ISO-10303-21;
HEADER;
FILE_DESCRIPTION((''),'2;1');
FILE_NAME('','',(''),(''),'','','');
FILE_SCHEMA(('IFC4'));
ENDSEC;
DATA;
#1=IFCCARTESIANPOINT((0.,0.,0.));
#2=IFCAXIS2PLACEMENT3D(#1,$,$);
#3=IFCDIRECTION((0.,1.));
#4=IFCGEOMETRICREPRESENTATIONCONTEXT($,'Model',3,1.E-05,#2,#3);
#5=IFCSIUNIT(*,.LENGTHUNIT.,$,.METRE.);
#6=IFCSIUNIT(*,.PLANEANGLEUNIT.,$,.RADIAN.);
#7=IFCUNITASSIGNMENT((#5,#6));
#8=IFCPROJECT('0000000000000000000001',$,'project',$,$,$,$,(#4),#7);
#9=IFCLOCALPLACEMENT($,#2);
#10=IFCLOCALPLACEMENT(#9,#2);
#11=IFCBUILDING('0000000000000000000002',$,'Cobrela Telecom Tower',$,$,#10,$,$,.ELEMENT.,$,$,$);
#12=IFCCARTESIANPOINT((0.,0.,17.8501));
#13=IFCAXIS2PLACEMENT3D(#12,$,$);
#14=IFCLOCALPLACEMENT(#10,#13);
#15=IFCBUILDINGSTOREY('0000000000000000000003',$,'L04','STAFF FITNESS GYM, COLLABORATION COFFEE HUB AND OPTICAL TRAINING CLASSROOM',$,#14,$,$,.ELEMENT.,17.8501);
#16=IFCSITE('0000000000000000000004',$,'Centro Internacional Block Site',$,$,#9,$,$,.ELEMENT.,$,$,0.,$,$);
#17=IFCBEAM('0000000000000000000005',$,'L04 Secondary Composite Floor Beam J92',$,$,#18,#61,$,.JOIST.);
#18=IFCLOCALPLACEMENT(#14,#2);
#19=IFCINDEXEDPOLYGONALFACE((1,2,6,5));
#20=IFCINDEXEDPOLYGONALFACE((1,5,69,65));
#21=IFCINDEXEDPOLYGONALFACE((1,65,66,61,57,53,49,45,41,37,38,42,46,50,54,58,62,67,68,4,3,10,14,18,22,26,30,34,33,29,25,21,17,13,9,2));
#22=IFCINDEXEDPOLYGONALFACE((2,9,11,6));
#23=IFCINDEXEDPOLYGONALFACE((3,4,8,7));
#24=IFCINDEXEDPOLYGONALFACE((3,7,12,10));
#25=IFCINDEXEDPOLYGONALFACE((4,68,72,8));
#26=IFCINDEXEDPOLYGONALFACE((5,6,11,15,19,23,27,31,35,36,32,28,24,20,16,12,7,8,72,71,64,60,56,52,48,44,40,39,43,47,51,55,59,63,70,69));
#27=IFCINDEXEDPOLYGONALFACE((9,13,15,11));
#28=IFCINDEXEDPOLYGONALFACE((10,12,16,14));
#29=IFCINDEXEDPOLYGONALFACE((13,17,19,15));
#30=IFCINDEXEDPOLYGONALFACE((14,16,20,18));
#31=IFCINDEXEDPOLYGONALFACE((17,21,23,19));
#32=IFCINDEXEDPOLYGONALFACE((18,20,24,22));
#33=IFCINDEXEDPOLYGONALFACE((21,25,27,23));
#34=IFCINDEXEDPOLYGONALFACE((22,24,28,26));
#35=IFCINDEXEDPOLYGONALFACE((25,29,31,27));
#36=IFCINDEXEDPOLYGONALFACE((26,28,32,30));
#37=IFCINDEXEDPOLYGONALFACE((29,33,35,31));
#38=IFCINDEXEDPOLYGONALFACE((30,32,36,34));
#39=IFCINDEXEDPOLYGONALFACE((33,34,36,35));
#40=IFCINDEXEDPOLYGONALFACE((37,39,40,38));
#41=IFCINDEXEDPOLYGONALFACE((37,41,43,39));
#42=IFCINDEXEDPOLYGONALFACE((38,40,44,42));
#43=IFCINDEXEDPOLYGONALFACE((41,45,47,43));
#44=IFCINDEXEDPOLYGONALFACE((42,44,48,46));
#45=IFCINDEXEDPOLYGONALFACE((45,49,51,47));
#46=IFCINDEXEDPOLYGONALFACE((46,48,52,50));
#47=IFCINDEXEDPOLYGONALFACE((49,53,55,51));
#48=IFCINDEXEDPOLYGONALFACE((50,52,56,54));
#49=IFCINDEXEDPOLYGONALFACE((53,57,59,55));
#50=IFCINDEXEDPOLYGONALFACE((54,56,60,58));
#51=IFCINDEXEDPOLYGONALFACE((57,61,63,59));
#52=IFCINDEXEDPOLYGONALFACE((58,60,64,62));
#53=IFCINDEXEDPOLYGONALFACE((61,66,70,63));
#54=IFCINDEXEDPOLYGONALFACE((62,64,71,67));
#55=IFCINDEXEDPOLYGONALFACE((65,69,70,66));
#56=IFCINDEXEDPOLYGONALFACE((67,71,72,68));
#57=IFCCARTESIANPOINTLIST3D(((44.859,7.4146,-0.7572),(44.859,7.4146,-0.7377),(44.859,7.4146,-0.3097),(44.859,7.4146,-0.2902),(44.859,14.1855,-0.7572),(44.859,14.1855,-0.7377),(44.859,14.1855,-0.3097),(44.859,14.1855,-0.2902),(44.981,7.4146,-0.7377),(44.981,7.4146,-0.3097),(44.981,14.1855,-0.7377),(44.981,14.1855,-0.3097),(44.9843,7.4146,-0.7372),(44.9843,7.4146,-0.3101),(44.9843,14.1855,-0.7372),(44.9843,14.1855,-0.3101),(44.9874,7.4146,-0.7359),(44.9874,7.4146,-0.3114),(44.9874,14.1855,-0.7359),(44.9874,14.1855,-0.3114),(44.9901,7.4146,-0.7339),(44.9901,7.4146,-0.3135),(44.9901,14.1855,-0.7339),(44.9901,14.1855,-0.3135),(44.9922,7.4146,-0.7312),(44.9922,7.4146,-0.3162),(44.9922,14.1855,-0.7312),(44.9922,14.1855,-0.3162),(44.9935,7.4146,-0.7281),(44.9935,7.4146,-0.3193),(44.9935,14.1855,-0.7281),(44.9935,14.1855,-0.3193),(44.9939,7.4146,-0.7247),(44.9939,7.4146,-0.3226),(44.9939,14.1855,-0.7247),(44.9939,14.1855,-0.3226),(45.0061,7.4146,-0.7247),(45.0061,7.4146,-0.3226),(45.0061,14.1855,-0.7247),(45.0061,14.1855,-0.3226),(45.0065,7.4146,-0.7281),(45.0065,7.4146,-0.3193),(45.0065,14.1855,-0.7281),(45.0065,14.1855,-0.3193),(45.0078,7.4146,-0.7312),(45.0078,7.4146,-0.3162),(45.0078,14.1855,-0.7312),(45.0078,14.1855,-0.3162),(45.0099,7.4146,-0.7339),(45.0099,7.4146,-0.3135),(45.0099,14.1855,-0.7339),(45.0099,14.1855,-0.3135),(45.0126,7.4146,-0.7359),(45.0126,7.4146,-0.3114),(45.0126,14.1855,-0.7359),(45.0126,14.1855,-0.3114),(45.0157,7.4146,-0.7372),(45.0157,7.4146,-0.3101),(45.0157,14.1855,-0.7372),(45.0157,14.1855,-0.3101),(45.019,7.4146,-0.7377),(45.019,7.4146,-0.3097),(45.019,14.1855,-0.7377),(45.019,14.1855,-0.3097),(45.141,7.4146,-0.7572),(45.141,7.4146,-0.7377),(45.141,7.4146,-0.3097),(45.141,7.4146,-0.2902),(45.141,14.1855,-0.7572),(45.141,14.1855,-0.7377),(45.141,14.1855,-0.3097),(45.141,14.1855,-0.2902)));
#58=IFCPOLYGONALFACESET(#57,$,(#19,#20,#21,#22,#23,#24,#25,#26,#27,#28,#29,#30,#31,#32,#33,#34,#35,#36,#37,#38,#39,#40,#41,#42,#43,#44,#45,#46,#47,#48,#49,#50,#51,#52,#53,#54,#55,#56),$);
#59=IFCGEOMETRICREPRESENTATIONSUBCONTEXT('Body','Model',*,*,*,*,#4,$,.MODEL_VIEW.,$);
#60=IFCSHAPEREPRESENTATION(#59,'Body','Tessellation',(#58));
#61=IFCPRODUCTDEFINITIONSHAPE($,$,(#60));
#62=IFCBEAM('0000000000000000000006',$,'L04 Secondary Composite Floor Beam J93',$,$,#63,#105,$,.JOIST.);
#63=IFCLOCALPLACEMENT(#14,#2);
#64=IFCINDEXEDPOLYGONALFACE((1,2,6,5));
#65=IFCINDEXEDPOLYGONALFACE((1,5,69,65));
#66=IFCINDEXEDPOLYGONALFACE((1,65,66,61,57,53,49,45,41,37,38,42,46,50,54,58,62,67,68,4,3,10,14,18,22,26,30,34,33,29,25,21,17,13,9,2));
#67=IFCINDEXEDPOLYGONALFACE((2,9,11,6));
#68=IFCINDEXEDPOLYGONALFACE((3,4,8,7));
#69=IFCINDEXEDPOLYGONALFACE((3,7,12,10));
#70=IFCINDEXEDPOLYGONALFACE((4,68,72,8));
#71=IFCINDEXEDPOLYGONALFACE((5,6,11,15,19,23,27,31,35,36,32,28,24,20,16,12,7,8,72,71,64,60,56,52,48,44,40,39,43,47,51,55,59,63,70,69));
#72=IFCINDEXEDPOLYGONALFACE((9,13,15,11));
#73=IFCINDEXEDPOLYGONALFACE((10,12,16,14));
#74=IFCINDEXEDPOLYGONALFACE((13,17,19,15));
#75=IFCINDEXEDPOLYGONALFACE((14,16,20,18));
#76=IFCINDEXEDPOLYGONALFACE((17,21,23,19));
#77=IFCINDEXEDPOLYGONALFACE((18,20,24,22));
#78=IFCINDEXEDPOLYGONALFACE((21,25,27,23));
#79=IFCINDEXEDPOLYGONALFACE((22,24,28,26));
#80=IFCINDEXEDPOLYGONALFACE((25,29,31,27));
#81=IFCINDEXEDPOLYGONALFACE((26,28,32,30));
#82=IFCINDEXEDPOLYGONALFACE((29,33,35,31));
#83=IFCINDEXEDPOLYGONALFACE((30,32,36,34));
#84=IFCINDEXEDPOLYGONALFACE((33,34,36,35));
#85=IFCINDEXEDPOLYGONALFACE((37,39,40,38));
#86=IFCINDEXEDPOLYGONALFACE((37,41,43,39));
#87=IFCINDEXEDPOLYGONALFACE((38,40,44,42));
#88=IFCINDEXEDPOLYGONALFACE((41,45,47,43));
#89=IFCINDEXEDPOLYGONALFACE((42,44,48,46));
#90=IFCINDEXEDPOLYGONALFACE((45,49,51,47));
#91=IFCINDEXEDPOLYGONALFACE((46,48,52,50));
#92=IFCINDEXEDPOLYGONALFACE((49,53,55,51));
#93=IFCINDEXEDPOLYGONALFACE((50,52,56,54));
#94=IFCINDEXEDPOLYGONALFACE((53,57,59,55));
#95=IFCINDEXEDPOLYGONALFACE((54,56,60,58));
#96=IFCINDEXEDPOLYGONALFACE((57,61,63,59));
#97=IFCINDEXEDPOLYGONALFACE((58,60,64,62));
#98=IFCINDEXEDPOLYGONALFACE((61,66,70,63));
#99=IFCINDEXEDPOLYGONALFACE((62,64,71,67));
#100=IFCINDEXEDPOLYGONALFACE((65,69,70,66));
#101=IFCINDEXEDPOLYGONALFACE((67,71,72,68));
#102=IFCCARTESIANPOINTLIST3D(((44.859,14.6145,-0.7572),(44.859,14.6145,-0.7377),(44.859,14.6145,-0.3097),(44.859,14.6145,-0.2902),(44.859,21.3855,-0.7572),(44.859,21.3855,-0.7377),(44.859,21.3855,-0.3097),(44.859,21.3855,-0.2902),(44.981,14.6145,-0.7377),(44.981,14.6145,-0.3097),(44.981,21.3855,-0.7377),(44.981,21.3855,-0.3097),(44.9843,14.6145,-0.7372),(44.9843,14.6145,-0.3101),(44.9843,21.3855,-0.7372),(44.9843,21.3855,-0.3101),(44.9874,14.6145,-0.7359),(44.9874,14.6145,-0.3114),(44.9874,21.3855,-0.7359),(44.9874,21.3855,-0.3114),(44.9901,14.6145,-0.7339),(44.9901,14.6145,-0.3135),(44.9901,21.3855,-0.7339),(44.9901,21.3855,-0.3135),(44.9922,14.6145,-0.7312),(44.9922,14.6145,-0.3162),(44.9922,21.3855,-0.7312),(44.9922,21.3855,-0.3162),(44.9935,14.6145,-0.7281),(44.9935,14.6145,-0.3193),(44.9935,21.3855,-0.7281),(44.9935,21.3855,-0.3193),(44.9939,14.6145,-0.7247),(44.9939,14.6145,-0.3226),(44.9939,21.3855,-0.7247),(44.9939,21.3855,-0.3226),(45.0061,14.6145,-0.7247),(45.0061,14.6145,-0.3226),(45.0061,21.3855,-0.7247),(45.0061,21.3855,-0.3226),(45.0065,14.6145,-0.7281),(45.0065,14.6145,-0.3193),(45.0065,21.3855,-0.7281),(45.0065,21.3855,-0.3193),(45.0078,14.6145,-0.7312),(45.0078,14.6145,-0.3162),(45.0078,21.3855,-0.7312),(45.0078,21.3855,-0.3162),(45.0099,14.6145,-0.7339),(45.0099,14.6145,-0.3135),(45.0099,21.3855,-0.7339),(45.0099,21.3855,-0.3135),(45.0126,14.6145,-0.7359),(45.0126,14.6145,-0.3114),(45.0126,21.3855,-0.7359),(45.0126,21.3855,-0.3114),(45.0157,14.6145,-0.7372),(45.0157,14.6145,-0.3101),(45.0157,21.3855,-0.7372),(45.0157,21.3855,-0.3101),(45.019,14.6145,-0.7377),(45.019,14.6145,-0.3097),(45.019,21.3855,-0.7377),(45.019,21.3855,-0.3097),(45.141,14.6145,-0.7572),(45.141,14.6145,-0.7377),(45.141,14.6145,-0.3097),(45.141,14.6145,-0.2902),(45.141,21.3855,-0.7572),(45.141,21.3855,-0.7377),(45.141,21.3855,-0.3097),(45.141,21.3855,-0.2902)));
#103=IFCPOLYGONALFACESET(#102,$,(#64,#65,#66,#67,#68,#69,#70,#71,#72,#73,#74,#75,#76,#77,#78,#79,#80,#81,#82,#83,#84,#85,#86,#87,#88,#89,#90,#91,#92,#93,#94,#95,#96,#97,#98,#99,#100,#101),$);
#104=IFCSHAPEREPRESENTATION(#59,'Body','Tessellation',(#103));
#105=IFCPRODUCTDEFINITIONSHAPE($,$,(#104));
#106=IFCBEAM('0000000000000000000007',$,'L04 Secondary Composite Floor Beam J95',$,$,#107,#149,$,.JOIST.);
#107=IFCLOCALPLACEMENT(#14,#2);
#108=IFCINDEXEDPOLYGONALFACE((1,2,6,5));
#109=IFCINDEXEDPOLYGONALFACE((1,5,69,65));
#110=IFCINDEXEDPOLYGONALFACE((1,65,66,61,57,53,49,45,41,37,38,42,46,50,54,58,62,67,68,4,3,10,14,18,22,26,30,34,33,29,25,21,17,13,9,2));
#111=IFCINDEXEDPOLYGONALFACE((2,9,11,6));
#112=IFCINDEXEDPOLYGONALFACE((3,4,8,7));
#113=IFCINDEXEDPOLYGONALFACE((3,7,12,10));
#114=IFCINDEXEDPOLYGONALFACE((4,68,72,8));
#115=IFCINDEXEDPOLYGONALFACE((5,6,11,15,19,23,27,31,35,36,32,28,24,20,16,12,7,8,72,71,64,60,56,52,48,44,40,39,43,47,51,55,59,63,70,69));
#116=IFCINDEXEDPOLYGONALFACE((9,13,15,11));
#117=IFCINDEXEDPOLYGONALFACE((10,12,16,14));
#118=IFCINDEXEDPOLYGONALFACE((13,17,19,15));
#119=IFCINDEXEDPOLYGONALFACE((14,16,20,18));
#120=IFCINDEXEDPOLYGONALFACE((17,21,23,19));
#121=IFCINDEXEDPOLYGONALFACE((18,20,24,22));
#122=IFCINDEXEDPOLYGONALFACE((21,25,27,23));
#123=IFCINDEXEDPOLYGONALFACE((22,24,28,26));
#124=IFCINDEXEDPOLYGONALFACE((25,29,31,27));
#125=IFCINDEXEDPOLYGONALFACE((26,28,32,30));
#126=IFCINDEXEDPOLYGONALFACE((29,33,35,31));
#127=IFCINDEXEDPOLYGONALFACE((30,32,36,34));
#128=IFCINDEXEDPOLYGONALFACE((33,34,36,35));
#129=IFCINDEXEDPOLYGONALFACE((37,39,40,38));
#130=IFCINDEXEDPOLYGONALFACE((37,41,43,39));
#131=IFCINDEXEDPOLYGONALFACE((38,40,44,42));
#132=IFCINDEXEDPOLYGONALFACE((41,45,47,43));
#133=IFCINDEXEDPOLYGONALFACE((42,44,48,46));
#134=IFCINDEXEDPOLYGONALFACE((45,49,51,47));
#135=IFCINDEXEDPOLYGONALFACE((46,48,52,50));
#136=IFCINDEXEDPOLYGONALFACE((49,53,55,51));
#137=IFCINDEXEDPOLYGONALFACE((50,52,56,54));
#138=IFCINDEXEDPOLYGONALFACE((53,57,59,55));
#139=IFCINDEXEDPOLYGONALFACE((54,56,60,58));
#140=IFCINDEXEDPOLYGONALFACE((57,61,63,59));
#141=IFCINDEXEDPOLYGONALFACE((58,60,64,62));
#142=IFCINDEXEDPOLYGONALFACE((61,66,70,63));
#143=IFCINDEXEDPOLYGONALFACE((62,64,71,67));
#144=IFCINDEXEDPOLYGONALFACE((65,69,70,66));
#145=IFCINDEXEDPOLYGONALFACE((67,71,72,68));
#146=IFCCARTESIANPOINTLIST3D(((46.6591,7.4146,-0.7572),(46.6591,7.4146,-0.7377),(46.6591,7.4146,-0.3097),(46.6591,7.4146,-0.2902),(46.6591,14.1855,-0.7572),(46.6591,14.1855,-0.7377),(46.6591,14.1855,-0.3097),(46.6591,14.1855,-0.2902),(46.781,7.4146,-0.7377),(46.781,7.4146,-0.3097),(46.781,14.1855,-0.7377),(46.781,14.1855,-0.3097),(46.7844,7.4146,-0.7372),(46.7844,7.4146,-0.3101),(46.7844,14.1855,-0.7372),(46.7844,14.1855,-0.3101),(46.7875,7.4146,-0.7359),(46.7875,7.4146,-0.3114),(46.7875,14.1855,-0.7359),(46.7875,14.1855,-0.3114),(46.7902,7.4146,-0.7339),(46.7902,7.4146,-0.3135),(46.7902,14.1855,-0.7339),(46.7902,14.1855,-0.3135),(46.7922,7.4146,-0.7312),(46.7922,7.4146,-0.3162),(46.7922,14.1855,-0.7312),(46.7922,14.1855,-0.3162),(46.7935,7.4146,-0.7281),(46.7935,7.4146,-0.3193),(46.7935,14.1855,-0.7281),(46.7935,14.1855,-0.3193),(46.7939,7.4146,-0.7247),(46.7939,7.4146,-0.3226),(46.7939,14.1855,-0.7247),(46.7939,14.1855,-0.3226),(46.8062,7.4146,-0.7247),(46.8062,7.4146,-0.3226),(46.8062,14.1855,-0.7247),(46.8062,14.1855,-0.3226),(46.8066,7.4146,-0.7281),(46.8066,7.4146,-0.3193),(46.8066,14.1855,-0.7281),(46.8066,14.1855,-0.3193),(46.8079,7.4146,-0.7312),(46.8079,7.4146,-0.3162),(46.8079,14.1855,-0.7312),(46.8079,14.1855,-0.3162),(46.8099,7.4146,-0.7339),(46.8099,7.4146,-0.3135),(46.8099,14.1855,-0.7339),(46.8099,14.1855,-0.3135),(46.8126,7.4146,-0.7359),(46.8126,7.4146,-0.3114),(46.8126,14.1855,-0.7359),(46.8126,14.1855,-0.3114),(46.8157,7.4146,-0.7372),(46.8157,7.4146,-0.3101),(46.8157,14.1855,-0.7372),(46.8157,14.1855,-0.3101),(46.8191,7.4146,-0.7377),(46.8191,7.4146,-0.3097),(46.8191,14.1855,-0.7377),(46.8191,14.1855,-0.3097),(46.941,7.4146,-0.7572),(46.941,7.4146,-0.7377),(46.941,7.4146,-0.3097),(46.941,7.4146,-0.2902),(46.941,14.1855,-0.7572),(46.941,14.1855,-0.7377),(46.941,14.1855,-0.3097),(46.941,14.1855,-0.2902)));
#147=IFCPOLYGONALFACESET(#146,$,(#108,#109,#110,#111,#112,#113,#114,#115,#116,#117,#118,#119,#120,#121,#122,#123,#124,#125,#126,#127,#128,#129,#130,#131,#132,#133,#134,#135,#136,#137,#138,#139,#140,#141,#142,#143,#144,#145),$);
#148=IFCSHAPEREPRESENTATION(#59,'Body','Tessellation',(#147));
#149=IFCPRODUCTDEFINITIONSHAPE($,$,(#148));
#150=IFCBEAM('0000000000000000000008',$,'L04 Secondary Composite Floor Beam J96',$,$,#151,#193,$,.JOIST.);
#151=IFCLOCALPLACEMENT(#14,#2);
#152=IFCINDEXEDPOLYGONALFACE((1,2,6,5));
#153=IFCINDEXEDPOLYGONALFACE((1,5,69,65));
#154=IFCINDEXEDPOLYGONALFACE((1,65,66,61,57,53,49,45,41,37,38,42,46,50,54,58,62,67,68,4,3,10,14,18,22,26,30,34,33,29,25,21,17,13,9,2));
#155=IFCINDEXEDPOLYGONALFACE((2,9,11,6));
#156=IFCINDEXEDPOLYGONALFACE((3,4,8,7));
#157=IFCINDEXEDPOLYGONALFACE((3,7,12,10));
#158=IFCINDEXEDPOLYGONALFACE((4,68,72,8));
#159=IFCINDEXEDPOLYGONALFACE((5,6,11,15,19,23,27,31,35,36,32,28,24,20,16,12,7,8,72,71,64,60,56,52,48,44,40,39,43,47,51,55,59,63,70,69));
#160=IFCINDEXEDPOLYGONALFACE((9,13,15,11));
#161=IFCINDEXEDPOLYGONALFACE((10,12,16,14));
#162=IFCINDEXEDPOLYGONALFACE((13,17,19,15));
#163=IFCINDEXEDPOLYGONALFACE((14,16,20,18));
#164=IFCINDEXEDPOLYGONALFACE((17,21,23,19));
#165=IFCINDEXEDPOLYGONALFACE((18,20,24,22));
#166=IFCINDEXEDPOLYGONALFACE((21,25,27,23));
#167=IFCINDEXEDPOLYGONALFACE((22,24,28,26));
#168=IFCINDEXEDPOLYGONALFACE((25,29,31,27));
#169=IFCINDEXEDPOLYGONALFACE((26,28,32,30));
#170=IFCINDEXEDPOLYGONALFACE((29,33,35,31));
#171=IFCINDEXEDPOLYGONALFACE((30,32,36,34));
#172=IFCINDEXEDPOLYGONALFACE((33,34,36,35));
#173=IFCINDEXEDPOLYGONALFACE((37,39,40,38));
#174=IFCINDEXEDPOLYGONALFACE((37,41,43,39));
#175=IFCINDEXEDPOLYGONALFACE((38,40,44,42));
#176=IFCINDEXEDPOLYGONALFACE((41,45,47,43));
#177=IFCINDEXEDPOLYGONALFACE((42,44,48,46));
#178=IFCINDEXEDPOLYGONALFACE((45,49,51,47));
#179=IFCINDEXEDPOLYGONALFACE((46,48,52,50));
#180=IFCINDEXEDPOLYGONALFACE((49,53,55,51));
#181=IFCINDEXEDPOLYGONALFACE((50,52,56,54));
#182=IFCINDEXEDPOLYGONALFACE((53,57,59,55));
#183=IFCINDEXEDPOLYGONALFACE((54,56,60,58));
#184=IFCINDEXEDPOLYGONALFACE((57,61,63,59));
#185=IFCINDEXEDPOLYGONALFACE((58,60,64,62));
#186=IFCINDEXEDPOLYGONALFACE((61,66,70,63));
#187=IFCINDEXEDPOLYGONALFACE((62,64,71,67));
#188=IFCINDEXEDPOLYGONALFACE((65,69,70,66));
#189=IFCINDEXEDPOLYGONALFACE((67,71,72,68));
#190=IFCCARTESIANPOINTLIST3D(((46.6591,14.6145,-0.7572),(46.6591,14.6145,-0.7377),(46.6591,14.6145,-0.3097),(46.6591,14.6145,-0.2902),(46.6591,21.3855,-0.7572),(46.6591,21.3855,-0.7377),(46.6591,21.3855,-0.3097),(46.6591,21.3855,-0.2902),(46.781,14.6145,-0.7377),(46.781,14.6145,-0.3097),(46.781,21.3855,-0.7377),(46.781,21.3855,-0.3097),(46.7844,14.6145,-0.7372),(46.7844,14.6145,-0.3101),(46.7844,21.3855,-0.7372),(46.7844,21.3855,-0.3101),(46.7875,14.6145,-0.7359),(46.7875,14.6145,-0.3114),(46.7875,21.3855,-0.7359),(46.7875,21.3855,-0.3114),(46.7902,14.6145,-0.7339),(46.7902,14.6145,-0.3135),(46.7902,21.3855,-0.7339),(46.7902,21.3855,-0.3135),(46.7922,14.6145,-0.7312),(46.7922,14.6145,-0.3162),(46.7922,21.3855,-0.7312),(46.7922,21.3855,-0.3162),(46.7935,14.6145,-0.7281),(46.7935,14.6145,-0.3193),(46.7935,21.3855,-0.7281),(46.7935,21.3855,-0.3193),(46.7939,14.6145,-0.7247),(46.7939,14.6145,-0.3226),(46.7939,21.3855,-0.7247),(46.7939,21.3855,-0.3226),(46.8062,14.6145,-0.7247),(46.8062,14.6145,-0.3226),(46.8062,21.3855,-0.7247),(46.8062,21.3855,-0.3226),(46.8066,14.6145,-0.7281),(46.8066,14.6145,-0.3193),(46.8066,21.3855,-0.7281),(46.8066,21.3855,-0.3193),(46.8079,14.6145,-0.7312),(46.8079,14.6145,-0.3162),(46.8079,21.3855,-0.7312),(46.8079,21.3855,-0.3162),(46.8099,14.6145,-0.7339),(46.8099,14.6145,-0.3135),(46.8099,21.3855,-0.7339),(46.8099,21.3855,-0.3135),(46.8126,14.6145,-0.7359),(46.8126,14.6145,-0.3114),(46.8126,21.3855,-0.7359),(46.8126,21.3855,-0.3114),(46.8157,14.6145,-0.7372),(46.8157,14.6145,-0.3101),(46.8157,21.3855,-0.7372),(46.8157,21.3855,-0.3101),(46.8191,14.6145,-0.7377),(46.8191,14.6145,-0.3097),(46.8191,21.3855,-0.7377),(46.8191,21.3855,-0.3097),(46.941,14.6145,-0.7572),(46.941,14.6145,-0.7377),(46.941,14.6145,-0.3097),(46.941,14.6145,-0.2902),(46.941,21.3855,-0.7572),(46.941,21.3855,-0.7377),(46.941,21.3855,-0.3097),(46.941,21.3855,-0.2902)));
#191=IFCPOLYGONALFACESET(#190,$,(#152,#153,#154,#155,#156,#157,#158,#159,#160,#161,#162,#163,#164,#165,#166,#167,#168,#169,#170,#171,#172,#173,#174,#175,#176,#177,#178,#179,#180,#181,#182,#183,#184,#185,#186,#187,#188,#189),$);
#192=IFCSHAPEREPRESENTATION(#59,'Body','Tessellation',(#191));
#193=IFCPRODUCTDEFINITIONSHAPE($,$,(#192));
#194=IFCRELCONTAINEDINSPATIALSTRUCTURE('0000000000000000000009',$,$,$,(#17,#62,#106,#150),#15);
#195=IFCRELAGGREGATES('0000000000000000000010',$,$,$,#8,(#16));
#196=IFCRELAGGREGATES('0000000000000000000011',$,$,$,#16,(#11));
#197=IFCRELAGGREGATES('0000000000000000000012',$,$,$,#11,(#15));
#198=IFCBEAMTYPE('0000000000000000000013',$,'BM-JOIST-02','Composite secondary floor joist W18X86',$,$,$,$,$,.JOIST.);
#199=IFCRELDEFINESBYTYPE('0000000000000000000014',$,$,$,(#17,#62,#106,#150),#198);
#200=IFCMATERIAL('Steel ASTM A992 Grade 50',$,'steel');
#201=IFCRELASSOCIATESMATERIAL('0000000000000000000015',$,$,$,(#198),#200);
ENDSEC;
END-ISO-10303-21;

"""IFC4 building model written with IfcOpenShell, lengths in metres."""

from ifc_helpers import new_model, si_unit, direction, frame, origin, origin_2d, place, context, subcontext, project, spatial, i_section, extrude, material, material_profile, profile_set, type_object, element, save


model = new_model("IFC4")

# Units and contexts
model_context = context("Model", 3, precision=1e-05, world=origin(), true_north=direction((0.0, 1.0)))
body_context = subcontext(model_context, "Body", "Model", "MODEL_VIEW")
ifc_project = project(units=[si_unit("LENGTHUNIT", "METRE"), si_unit("PLANEANGLEUNIT", "RADIAN")], contexts=[model_context])

# Site, building, storey
site_placement = place(None, origin())
site = spatial("IfcSite", under=ifc_project, at=site_placement, Name="Centro Internacional Block Site", CompositionType="ELEMENT", RefElevation=0.0)
building_placement = place(site_placement, origin())
building = spatial("IfcBuilding", under=site, at=building_placement, Name="Cobrela Telecom Tower", CompositionType="ELEMENT")
storey_placement = place(building_placement, frame((0.0, 0.0, 17.8501)))
storey = spatial("IfcBuildingStorey", under=building, at=storey_placement, Name="L04", Description="STAFF FITNESS GYM, COLLABORATION COFFEE HUB AND OPTICAL TRAINING CLASSROOM", CompositionType="ELEMENT", Elevation=17.8501)

# Beams
ifc_material_1 = material(Name="Steel ASTM A992 Grade 50", Category="steel")
ifc_material_profile_1 = material_profile(ifc_material_1, i_section(OverallWidth=0.282, OverallDepth=0.467, WebThickness=0.0122, FlangeThickness=0.0195, FilletRadius=0.0129, at=origin_2d()), Name="W18X86")
ifc_profile_set_1 = profile_set([ifc_material_profile_1], Name="Steel ASTM A992 Grade 50")
beam_type_1 = type_object("IfcBeamType", Name="BM-JOIST-02", Description="Composite secondary floor joist W18X86", PredefinedType="JOIST", material=ifc_profile_set_1)
for number, where, z_axis, x_axis, name in (
    (1, (45.0, 7.4146, -0.5237), (0.0, 1.0, 0.0), (-1.0, 0.0, 0.0), "L04 Secondary Composite Floor Beam J92"),
    (2, (45.0, 14.6145, -0.5237), (0.0, 1.0, 0.0), (-1.0, 0.0, 0.0), "L04 Secondary Composite Floor Beam J93"),
    (3, (46.8, 7.4146, -0.5237), (0.0, 1.0, 0.0), (-1.0, 0.0, 0.0), "L04 Secondary Composite Floor Beam J95"),
    (4, (46.8, 14.6145, -0.5237), (0.0, 1.0, 0.0), (-1.0, 0.0, 0.0), "L04 Secondary Composite Floor Beam J96"),
):
    element("IfcBeam", number, at=place(storey_placement, frame(where, z_axis=z_axis, x_axis=x_axis)), inside=storey, type_object=beam_type_1, Name=name, PredefinedType="JOIST", context=body_context, shape_type="SweptSolid", body=[
        extrude(i_section(OverallWidth=0.282, OverallDepth=0.467, WebThickness=0.0122, FlangeThickness=0.0195, FilletRadius=0.0129, at=origin_2d()), origin(), (0.0, 0.0, 1.0), 6.771),
    ])

save(model, "model.ifc")
